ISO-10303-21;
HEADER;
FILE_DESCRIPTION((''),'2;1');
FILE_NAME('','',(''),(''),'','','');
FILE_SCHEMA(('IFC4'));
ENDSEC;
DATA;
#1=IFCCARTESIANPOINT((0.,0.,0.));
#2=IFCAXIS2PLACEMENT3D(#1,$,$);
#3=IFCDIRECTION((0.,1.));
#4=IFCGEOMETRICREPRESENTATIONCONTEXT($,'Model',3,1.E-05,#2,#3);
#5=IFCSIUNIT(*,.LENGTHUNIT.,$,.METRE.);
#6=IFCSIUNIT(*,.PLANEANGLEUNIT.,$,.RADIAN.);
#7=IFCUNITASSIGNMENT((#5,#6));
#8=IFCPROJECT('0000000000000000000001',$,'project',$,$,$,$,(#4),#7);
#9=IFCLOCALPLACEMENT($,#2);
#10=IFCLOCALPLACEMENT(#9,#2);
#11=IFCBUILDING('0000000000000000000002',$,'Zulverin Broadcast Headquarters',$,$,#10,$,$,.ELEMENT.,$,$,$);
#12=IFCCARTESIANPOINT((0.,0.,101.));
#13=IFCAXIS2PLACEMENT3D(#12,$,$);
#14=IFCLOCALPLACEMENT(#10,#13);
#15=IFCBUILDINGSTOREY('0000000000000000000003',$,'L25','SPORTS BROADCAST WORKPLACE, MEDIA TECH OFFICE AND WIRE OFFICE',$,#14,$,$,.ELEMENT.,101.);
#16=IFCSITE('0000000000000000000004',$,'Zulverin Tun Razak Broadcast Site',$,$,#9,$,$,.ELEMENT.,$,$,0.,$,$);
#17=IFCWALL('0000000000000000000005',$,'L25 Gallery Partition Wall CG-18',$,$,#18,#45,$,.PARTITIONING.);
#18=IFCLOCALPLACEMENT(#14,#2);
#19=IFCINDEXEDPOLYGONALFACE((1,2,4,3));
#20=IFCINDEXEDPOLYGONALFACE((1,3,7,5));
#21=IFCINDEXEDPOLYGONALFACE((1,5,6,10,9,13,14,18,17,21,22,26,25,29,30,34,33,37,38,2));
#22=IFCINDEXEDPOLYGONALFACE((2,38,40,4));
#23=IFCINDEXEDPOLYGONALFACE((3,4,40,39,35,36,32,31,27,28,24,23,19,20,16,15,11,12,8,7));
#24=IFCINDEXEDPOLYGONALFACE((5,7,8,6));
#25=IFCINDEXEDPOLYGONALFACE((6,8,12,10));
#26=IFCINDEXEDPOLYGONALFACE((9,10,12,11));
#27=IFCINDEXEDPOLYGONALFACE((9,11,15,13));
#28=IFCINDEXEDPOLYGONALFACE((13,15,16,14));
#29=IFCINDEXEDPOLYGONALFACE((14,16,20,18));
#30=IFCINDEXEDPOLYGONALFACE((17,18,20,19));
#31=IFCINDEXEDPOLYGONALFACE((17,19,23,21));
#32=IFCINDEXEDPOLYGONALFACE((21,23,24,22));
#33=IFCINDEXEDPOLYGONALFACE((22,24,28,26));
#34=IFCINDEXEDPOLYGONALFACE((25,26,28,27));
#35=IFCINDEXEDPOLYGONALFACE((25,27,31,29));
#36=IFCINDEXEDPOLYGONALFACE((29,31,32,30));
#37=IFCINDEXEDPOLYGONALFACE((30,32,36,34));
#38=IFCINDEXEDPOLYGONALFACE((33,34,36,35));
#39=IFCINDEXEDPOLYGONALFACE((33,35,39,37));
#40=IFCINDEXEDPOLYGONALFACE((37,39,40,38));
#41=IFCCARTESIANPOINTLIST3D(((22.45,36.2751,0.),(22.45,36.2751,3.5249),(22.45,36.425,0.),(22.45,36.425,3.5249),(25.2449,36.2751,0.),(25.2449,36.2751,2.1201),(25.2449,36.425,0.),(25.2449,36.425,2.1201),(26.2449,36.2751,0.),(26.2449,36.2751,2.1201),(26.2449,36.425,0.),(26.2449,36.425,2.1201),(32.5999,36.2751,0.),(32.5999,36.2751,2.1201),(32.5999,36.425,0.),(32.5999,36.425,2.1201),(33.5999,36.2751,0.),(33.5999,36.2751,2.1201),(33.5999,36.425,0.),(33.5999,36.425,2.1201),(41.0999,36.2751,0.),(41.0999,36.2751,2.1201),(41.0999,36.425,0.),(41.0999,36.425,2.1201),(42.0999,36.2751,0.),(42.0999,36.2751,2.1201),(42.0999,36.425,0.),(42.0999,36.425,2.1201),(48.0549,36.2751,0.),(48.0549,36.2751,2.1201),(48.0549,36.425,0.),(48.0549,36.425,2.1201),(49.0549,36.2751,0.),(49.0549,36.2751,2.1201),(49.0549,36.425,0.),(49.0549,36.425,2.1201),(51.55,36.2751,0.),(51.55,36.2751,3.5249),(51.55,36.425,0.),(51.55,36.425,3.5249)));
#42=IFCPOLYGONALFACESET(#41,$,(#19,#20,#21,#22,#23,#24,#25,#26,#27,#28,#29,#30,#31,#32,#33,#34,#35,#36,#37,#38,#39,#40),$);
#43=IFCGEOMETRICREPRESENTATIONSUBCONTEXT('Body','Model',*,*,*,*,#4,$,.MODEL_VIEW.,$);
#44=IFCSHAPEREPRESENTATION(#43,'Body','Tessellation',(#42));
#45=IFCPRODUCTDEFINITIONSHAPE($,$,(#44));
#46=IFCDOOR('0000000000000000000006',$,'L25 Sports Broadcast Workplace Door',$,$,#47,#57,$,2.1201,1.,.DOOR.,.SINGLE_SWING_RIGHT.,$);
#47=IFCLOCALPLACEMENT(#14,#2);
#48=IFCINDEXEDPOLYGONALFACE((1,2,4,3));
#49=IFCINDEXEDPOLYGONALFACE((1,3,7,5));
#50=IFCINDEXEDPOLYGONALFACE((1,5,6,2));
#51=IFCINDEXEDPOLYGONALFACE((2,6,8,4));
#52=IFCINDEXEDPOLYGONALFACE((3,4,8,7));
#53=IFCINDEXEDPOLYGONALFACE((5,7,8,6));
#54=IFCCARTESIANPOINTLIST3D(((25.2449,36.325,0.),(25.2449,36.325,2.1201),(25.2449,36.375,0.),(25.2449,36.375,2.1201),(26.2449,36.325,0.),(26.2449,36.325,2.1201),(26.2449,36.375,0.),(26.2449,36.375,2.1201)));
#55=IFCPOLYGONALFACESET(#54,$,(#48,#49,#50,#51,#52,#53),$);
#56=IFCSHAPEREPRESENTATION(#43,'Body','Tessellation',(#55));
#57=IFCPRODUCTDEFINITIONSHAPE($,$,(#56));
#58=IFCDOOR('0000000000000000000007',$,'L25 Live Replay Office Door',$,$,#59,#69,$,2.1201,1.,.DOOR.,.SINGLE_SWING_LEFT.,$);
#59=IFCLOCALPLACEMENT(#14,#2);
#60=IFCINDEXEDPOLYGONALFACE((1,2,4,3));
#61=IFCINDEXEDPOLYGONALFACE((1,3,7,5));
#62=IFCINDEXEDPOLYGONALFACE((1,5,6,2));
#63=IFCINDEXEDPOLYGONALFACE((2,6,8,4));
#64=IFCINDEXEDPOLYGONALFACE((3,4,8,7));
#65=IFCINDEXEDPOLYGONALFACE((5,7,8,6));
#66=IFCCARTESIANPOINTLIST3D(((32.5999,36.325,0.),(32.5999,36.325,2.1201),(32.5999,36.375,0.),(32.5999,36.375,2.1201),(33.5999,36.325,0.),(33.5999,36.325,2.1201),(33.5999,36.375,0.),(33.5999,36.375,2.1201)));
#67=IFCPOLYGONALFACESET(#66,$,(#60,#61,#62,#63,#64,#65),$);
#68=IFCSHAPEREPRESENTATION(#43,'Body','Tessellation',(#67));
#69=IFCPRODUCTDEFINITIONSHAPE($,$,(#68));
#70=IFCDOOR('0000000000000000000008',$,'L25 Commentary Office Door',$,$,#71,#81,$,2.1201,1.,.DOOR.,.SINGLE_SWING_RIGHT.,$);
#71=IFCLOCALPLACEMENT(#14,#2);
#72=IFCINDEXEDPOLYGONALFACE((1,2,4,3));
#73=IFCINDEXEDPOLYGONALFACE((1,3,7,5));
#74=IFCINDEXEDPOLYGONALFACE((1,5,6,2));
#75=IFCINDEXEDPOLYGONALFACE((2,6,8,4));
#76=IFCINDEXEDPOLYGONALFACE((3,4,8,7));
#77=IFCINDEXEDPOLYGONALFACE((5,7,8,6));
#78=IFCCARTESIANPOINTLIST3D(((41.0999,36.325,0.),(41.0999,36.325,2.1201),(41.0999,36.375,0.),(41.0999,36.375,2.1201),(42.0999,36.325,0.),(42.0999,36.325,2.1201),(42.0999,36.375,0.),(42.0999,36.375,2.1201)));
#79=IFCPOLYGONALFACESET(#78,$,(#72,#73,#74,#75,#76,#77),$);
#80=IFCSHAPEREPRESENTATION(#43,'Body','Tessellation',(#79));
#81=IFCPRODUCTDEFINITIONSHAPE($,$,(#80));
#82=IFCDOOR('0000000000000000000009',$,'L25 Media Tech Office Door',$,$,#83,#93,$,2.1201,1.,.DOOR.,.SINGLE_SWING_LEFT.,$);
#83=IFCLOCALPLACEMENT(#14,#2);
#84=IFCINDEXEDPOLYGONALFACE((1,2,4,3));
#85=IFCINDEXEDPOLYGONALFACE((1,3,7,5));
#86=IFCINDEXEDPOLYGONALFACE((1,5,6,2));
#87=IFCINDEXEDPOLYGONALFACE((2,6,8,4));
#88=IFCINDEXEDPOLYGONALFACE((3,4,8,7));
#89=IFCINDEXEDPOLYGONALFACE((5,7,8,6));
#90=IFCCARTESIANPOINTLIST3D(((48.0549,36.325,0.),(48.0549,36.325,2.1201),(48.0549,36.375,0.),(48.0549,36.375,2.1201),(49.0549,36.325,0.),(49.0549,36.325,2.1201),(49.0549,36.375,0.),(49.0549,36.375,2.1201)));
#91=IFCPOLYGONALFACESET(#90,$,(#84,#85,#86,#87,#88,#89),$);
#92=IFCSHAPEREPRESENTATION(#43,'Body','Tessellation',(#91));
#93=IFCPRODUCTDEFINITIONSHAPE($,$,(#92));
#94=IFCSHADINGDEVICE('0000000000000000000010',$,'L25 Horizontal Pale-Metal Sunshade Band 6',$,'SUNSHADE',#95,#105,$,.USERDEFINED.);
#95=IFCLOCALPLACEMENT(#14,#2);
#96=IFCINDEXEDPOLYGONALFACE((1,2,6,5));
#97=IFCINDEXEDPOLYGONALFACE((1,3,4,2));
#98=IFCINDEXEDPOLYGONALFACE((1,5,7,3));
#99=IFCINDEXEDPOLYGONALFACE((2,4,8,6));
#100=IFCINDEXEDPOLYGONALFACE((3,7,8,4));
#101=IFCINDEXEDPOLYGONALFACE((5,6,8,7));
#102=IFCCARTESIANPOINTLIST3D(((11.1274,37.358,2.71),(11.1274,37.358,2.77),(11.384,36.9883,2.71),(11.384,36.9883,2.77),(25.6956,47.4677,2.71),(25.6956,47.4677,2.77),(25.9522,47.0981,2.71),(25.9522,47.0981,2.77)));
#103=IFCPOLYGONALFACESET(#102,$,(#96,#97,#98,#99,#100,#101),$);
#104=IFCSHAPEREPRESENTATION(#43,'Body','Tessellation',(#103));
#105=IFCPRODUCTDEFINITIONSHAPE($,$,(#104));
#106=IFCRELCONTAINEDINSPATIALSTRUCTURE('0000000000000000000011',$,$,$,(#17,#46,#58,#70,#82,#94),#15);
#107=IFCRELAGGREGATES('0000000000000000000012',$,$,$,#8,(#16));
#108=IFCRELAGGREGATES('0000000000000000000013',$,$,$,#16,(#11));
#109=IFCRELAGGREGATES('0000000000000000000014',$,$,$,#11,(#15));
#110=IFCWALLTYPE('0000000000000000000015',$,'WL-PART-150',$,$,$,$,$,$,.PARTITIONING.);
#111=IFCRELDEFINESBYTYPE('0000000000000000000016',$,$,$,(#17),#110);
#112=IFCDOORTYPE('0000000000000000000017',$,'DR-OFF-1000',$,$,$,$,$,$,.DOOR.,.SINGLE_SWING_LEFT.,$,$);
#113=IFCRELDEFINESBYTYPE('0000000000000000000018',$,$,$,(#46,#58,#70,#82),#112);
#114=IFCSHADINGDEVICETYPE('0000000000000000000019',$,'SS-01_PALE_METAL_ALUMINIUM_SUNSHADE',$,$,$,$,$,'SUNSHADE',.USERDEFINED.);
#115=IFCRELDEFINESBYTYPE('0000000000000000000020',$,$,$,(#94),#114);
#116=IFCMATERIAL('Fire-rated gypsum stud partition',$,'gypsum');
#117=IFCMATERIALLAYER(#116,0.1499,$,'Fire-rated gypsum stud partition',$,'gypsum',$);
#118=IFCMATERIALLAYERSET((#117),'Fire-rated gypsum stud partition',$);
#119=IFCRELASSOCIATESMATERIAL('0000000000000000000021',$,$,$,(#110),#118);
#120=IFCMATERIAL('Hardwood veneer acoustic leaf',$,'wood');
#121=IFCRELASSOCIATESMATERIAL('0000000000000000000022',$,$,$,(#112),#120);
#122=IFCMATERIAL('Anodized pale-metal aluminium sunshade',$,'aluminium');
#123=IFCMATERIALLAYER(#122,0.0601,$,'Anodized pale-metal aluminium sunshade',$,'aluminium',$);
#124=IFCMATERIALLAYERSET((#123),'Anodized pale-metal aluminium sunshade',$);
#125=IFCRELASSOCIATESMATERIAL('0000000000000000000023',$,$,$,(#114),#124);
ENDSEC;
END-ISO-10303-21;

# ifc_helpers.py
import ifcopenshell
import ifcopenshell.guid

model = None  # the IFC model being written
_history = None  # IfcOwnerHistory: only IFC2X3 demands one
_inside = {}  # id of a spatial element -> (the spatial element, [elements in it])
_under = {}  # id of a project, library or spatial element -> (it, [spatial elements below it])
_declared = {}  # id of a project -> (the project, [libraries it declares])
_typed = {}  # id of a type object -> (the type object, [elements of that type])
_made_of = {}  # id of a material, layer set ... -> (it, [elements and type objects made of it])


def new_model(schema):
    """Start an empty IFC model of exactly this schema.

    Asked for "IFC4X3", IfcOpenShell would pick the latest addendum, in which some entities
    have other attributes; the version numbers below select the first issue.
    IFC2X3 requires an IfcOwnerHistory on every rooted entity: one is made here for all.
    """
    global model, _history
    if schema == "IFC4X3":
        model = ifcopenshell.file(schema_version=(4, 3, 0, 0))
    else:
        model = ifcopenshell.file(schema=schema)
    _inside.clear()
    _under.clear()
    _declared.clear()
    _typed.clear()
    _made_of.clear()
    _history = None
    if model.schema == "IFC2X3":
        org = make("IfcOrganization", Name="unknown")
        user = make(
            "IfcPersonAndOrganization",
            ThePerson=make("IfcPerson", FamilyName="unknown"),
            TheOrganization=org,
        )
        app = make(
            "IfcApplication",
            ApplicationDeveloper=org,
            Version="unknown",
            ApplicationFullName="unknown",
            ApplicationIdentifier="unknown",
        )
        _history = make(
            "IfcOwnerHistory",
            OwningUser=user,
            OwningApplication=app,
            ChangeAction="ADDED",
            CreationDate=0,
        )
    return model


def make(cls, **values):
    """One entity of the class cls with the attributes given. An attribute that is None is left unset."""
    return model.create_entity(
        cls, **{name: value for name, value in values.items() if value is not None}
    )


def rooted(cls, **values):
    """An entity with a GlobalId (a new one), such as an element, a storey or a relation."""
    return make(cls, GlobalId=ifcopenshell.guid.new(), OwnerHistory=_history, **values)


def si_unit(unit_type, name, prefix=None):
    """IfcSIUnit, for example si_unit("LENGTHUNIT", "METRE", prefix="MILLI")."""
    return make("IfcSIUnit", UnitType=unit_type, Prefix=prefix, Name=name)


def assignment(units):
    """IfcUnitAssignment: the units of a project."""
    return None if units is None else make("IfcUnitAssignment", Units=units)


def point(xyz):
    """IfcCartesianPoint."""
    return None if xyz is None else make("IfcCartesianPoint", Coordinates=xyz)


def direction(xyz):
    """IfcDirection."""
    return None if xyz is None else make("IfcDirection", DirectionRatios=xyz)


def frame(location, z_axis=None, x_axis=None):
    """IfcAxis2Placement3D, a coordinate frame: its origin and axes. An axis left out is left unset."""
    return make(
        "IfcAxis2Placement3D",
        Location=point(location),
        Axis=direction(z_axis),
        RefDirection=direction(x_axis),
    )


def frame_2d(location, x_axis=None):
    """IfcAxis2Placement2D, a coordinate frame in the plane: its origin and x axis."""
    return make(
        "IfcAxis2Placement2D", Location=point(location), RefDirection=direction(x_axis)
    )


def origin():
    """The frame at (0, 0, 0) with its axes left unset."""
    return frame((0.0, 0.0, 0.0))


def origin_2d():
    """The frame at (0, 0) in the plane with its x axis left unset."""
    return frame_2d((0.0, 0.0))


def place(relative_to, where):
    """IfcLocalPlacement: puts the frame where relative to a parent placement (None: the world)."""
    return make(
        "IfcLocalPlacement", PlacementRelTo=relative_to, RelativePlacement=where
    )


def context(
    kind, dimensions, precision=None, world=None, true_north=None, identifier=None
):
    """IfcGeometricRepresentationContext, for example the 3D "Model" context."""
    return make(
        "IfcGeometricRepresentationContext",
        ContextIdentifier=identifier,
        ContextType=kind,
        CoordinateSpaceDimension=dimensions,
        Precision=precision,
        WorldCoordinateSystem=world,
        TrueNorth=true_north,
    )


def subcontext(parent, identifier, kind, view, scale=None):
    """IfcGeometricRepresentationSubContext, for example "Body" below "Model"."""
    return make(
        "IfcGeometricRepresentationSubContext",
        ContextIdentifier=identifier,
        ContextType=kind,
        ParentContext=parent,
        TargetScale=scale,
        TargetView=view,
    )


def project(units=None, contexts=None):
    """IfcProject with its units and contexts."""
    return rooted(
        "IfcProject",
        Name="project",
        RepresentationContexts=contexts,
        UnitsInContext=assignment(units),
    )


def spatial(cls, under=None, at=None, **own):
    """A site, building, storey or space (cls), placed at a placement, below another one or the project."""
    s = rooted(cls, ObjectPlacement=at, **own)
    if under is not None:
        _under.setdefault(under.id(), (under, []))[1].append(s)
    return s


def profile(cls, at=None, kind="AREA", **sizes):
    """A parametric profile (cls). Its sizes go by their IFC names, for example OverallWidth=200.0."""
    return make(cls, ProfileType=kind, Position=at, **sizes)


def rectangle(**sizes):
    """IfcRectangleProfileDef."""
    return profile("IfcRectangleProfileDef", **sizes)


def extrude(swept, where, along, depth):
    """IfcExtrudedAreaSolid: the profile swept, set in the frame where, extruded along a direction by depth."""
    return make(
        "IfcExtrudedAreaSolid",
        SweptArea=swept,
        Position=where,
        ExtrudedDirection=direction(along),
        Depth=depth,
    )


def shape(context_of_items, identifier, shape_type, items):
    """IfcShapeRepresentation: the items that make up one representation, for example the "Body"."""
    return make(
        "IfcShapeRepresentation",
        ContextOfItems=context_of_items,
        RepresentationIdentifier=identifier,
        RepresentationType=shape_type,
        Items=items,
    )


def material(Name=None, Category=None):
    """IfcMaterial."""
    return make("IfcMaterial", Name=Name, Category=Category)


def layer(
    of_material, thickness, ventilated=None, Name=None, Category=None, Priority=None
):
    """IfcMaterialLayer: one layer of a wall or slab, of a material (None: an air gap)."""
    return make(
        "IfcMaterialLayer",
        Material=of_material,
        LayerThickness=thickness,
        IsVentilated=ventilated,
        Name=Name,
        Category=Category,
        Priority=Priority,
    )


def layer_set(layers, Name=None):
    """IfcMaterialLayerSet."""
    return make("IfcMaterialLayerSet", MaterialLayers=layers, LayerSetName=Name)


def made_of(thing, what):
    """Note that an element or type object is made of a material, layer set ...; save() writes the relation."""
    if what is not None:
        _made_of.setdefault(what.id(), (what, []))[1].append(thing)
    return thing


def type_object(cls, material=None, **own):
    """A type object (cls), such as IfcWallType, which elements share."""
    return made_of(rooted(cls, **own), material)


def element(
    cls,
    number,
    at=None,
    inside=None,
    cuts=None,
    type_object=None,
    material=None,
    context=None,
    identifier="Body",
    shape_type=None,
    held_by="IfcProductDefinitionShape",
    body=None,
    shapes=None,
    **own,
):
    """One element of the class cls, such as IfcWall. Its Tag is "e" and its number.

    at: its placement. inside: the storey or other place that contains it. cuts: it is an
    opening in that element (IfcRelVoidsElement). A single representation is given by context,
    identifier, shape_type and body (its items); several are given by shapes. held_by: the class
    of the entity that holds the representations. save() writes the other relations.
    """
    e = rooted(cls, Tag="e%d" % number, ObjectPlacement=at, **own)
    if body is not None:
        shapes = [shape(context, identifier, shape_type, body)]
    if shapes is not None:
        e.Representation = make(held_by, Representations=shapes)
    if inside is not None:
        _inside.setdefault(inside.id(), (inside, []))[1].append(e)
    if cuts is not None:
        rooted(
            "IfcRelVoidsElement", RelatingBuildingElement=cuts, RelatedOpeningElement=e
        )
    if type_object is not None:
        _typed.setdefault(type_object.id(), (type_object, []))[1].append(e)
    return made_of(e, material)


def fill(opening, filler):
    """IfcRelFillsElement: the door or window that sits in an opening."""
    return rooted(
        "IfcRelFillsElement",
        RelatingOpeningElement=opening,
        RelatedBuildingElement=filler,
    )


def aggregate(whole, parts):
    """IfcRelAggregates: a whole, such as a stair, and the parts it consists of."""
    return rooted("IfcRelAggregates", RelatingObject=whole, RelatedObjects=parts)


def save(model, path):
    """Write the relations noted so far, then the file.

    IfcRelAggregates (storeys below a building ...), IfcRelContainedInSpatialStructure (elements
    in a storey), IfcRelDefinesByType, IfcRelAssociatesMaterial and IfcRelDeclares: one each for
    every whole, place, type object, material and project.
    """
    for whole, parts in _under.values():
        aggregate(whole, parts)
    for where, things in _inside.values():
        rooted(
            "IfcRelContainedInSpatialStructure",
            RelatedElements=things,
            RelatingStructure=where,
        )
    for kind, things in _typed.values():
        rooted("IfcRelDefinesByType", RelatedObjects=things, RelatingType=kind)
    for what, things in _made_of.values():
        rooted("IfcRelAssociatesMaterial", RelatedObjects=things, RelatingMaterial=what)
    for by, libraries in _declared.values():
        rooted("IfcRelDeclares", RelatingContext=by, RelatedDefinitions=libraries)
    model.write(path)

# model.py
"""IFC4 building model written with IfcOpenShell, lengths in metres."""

from ifc_helpers import new_model, si_unit, direction, frame, frame_2d, origin, origin_2d, place, context, subcontext, project, spatial, rectangle, extrude, material, layer, layer_set, type_object, element, fill, save


model = new_model("IFC4")

# Units and contexts
model_context = context("Model", 3, precision=1e-05, world=origin(), true_north=direction((0.0, 1.0)))
body_context = subcontext(model_context, "Body", "Model", "MODEL_VIEW")
ifc_project = project(units=[si_unit("LENGTHUNIT", "METRE"), si_unit("PLANEANGLEUNIT", "RADIAN")], contexts=[model_context])

# Site, building, storey
site_placement = place(None, origin())
site = spatial("IfcSite", under=ifc_project, at=site_placement, Name="Zulverin Tun Razak Broadcast Site", CompositionType="ELEMENT", RefElevation=0.0)
building_placement = place(site_placement, origin())
building = spatial("IfcBuilding", under=site, at=building_placement, Name="Zulverin Broadcast Headquarters", CompositionType="ELEMENT")
storey_placement = place(building_placement, frame((0.0, 0.0, 101.0)))
storey = spatial("IfcBuildingStorey", under=building, at=storey_placement, Name="L25", Description="SPORTS BROADCAST WORKPLACE, MEDIA TECH OFFICE AND WIRE OFFICE", CompositionType="ELEMENT", Elevation=101.0)

# Shared definitions
ifc_material_1 = material(Name="Fire-rated gypsum stud partition", Category="gypsum")
ifc_layer_1 = layer(ifc_material_1, 0.1499, Name="Fire-rated gypsum stud partition", Category="gypsum")
ifc_layer_set_1 = layer_set([ifc_layer_1], Name="Fire-rated gypsum stud partition")
wall_type_1 = type_object("IfcWallType", Name="WL-PART-150", PredefinedType="PARTITIONING", material=ifc_layer_set_1)

# Wall, openings, doors
wall_1_placement = place(storey_placement, frame((22.45, 36.3501, 0.0), z_axis=(0.0, 0.0, 1.0), x_axis=(1.0, 0.0, 0.0)))
wall_1 = element("IfcWall", 1, at=wall_1_placement, inside=storey, type_object=wall_type_1, Name="L25 Gallery Partition Wall CG-18", PredefinedType="PARTITIONING", context=body_context, shape_type="SweptSolid", body=[
    extrude(rectangle(XDim=29.1001, YDim=0.1499, at=frame_2d((14.55, 0.0))), origin(), (0.0, 0.0, 1.0), 3.5249),
])
opening_1_placement = place(wall_1_placement, frame((2.7949, 0.0, 0.0)))
opening_1 = element("IfcOpeningElement", 2, at=opening_1_placement, cuts=wall_1, PredefinedType="OPENING", context=body_context, shape_type="SweptSolid", body=[
    extrude(rectangle(XDim=1.0, YDim=2.1201, at=frame_2d((0.5, 1.0601))), frame((0.0, 0.085, 0.0), z_axis=(0.0, -1.0, 0.0), x_axis=(1.0, 0.0, 0.0)), (0.0, 0.0, 1.0), 0.1699),
])
opening_2_placement = place(wall_1_placement, frame((10.1499, 0.0, 0.0)))
opening_2 = element("IfcOpeningElement", 3, at=opening_2_placement, cuts=wall_1, PredefinedType="OPENING", context=body_context, shape_type="SweptSolid", body=[
    extrude(rectangle(XDim=1.0, YDim=2.1201, at=frame_2d((0.5, 1.0601))), frame((0.0, 0.085, 0.0), z_axis=(0.0, -1.0, 0.0), x_axis=(1.0, 0.0, 0.0)), (0.0, 0.0, 1.0), 0.1699),
])
opening_3_placement = place(wall_1_placement, frame((18.6499, 0.0, 0.0)))
opening_3 = element("IfcOpeningElement", 4, at=opening_3_placement, cuts=wall_1, PredefinedType="OPENING", context=body_context, shape_type="SweptSolid", body=[
    extrude(rectangle(XDim=1.0, YDim=2.1201, at=frame_2d((0.5, 1.0601))), frame((0.0, 0.085, 0.0), z_axis=(0.0, -1.0, 0.0), x_axis=(1.0, 0.0, 0.0)), (0.0, 0.0, 1.0), 0.1699),
])
opening_4_placement = place(wall_1_placement, frame((25.605, 0.0, 0.0)))
opening_4 = element("IfcOpeningElement", 5, at=opening_4_placement, cuts=wall_1, PredefinedType="OPENING", context=body_context, shape_type="SweptSolid", body=[
    extrude(rectangle(XDim=1.0, YDim=2.1201, at=frame_2d((0.5, 1.0601))), frame((0.0, 0.085, 0.0), z_axis=(0.0, -1.0, 0.0), x_axis=(1.0, 0.0, 0.0)), (0.0, 0.0, 1.0), 0.1699),
])
ifc_material_2 = material(Name="Hardwood veneer acoustic leaf", Category="wood")
door_type_1 = type_object("IfcDoorType", Name="DR-OFF-1000", OperationType="SINGLE_SWING_LEFT", PredefinedType="DOOR", material=ifc_material_2)
door_1_placement = place(opening_1_placement, origin())
door_1 = element("IfcDoor", 6, at=door_1_placement, inside=storey, type_object=door_type_1, Name="L25 Sports Broadcast Workplace Door", OperationType="SINGLE_SWING_RIGHT", OverallHeight=2.1201, OverallWidth=1.0, PredefinedType="DOOR", context=body_context, shape_type="SweptSolid", body=[
    extrude(rectangle(XDim=1.0, YDim=2.1201, at=frame_2d((0.5, 1.0601))), frame((0.0, 0.0249, 0.0), z_axis=(0.0, -1.0, 0.0), x_axis=(1.0, 0.0, 0.0)), (0.0, 0.0, 1.0), 0.05),
])
fill(opening_1, door_1)
door_2_placement = place(opening_2_placement, origin())
door_2 = element("IfcDoor", 7, at=door_2_placement, inside=storey, type_object=door_type_1, Name="L25 Live Replay Office Door", OperationType="SINGLE_SWING_LEFT", OverallHeight=2.1201, OverallWidth=1.0, PredefinedType="DOOR", context=body_context, shape_type="SweptSolid", body=[
    extrude(rectangle(XDim=1.0, YDim=2.1201, at=frame_2d((0.5, 1.0601))), frame((0.0, 0.0249, 0.0), z_axis=(0.0, -1.0, 0.0), x_axis=(1.0, 0.0, 0.0)), (0.0, 0.0, 1.0), 0.05),
])
fill(opening_2, door_2)
door_3_placement = place(opening_3_placement, origin())
door_3 = element("IfcDoor", 8, at=door_3_placement, inside=storey, type_object=door_type_1, Name="L25 Commentary Office Door", OperationType="SINGLE_SWING_RIGHT", OverallHeight=2.1201, OverallWidth=1.0, PredefinedType="DOOR", context=body_context, shape_type="SweptSolid", body=[
    extrude(rectangle(XDim=1.0, YDim=2.1201, at=frame_2d((0.5, 1.0601))), frame((0.0, 0.0249, 0.0), z_axis=(0.0, -1.0, 0.0), x_axis=(1.0, 0.0, 0.0)), (0.0, 0.0, 1.0), 0.05),
])
fill(opening_3, door_3)
door_4_placement = place(opening_4_placement, origin())
door_4 = element("IfcDoor", 9, at=door_4_placement, inside=storey, type_object=door_type_1, Name="L25 Media Tech Office Door", OperationType="SINGLE_SWING_LEFT", OverallHeight=2.1201, OverallWidth=1.0, PredefinedType="DOOR", context=body_context, shape_type="SweptSolid", body=[
    extrude(rectangle(XDim=1.0, YDim=2.1201, at=frame_2d((0.5, 1.0601))), frame((0.0, 0.0249, 0.0), z_axis=(0.0, -1.0, 0.0), x_axis=(1.0, 0.0, 0.0)), (0.0, 0.0, 1.0), 0.05),
])
fill(opening_4, door_4)

# Shading device
ifc_material_3 = material(Name="Anodized pale-metal aluminium sunshade", Category="aluminium")
ifc_layer_2 = layer(ifc_material_3, 0.0601, Name="Anodized pale-metal aluminium sunshade", Category="aluminium")
ifc_layer_set_2 = layer_set([ifc_layer_2], Name="Anodized pale-metal aluminium sunshade")
shading_device_type = type_object("IfcShadingDeviceType", Name="SS-01_PALE_METAL_ALUMINIUM_SUNSHADE", ElementType="SUNSHADE", PredefinedType="USERDEFINED", material=ifc_layer_set_2)
shading_device_placement = place(storey_placement, frame((18.5398, 42.228, 2.71), z_axis=(0.0, 0.0, 1.0), x_axis=(-0.821556, -0.570127, 0.0)))
element("IfcShadingDevice", 10, at=shading_device_placement, inside=storey, type_object=shading_device_type, Name="L25 Horizontal Pale-Metal Sunshade Band 6", ObjectType="SUNSHADE", PredefinedType="USERDEFINED", context=body_context, shape_type="SweptSolid", body=[
    extrude(rectangle(XDim=17.7324, YDim=0.45, at=origin_2d()), origin(), (0.0, 0.0, 1.0), 0.0601),
])

save(model, "model.ifc")
